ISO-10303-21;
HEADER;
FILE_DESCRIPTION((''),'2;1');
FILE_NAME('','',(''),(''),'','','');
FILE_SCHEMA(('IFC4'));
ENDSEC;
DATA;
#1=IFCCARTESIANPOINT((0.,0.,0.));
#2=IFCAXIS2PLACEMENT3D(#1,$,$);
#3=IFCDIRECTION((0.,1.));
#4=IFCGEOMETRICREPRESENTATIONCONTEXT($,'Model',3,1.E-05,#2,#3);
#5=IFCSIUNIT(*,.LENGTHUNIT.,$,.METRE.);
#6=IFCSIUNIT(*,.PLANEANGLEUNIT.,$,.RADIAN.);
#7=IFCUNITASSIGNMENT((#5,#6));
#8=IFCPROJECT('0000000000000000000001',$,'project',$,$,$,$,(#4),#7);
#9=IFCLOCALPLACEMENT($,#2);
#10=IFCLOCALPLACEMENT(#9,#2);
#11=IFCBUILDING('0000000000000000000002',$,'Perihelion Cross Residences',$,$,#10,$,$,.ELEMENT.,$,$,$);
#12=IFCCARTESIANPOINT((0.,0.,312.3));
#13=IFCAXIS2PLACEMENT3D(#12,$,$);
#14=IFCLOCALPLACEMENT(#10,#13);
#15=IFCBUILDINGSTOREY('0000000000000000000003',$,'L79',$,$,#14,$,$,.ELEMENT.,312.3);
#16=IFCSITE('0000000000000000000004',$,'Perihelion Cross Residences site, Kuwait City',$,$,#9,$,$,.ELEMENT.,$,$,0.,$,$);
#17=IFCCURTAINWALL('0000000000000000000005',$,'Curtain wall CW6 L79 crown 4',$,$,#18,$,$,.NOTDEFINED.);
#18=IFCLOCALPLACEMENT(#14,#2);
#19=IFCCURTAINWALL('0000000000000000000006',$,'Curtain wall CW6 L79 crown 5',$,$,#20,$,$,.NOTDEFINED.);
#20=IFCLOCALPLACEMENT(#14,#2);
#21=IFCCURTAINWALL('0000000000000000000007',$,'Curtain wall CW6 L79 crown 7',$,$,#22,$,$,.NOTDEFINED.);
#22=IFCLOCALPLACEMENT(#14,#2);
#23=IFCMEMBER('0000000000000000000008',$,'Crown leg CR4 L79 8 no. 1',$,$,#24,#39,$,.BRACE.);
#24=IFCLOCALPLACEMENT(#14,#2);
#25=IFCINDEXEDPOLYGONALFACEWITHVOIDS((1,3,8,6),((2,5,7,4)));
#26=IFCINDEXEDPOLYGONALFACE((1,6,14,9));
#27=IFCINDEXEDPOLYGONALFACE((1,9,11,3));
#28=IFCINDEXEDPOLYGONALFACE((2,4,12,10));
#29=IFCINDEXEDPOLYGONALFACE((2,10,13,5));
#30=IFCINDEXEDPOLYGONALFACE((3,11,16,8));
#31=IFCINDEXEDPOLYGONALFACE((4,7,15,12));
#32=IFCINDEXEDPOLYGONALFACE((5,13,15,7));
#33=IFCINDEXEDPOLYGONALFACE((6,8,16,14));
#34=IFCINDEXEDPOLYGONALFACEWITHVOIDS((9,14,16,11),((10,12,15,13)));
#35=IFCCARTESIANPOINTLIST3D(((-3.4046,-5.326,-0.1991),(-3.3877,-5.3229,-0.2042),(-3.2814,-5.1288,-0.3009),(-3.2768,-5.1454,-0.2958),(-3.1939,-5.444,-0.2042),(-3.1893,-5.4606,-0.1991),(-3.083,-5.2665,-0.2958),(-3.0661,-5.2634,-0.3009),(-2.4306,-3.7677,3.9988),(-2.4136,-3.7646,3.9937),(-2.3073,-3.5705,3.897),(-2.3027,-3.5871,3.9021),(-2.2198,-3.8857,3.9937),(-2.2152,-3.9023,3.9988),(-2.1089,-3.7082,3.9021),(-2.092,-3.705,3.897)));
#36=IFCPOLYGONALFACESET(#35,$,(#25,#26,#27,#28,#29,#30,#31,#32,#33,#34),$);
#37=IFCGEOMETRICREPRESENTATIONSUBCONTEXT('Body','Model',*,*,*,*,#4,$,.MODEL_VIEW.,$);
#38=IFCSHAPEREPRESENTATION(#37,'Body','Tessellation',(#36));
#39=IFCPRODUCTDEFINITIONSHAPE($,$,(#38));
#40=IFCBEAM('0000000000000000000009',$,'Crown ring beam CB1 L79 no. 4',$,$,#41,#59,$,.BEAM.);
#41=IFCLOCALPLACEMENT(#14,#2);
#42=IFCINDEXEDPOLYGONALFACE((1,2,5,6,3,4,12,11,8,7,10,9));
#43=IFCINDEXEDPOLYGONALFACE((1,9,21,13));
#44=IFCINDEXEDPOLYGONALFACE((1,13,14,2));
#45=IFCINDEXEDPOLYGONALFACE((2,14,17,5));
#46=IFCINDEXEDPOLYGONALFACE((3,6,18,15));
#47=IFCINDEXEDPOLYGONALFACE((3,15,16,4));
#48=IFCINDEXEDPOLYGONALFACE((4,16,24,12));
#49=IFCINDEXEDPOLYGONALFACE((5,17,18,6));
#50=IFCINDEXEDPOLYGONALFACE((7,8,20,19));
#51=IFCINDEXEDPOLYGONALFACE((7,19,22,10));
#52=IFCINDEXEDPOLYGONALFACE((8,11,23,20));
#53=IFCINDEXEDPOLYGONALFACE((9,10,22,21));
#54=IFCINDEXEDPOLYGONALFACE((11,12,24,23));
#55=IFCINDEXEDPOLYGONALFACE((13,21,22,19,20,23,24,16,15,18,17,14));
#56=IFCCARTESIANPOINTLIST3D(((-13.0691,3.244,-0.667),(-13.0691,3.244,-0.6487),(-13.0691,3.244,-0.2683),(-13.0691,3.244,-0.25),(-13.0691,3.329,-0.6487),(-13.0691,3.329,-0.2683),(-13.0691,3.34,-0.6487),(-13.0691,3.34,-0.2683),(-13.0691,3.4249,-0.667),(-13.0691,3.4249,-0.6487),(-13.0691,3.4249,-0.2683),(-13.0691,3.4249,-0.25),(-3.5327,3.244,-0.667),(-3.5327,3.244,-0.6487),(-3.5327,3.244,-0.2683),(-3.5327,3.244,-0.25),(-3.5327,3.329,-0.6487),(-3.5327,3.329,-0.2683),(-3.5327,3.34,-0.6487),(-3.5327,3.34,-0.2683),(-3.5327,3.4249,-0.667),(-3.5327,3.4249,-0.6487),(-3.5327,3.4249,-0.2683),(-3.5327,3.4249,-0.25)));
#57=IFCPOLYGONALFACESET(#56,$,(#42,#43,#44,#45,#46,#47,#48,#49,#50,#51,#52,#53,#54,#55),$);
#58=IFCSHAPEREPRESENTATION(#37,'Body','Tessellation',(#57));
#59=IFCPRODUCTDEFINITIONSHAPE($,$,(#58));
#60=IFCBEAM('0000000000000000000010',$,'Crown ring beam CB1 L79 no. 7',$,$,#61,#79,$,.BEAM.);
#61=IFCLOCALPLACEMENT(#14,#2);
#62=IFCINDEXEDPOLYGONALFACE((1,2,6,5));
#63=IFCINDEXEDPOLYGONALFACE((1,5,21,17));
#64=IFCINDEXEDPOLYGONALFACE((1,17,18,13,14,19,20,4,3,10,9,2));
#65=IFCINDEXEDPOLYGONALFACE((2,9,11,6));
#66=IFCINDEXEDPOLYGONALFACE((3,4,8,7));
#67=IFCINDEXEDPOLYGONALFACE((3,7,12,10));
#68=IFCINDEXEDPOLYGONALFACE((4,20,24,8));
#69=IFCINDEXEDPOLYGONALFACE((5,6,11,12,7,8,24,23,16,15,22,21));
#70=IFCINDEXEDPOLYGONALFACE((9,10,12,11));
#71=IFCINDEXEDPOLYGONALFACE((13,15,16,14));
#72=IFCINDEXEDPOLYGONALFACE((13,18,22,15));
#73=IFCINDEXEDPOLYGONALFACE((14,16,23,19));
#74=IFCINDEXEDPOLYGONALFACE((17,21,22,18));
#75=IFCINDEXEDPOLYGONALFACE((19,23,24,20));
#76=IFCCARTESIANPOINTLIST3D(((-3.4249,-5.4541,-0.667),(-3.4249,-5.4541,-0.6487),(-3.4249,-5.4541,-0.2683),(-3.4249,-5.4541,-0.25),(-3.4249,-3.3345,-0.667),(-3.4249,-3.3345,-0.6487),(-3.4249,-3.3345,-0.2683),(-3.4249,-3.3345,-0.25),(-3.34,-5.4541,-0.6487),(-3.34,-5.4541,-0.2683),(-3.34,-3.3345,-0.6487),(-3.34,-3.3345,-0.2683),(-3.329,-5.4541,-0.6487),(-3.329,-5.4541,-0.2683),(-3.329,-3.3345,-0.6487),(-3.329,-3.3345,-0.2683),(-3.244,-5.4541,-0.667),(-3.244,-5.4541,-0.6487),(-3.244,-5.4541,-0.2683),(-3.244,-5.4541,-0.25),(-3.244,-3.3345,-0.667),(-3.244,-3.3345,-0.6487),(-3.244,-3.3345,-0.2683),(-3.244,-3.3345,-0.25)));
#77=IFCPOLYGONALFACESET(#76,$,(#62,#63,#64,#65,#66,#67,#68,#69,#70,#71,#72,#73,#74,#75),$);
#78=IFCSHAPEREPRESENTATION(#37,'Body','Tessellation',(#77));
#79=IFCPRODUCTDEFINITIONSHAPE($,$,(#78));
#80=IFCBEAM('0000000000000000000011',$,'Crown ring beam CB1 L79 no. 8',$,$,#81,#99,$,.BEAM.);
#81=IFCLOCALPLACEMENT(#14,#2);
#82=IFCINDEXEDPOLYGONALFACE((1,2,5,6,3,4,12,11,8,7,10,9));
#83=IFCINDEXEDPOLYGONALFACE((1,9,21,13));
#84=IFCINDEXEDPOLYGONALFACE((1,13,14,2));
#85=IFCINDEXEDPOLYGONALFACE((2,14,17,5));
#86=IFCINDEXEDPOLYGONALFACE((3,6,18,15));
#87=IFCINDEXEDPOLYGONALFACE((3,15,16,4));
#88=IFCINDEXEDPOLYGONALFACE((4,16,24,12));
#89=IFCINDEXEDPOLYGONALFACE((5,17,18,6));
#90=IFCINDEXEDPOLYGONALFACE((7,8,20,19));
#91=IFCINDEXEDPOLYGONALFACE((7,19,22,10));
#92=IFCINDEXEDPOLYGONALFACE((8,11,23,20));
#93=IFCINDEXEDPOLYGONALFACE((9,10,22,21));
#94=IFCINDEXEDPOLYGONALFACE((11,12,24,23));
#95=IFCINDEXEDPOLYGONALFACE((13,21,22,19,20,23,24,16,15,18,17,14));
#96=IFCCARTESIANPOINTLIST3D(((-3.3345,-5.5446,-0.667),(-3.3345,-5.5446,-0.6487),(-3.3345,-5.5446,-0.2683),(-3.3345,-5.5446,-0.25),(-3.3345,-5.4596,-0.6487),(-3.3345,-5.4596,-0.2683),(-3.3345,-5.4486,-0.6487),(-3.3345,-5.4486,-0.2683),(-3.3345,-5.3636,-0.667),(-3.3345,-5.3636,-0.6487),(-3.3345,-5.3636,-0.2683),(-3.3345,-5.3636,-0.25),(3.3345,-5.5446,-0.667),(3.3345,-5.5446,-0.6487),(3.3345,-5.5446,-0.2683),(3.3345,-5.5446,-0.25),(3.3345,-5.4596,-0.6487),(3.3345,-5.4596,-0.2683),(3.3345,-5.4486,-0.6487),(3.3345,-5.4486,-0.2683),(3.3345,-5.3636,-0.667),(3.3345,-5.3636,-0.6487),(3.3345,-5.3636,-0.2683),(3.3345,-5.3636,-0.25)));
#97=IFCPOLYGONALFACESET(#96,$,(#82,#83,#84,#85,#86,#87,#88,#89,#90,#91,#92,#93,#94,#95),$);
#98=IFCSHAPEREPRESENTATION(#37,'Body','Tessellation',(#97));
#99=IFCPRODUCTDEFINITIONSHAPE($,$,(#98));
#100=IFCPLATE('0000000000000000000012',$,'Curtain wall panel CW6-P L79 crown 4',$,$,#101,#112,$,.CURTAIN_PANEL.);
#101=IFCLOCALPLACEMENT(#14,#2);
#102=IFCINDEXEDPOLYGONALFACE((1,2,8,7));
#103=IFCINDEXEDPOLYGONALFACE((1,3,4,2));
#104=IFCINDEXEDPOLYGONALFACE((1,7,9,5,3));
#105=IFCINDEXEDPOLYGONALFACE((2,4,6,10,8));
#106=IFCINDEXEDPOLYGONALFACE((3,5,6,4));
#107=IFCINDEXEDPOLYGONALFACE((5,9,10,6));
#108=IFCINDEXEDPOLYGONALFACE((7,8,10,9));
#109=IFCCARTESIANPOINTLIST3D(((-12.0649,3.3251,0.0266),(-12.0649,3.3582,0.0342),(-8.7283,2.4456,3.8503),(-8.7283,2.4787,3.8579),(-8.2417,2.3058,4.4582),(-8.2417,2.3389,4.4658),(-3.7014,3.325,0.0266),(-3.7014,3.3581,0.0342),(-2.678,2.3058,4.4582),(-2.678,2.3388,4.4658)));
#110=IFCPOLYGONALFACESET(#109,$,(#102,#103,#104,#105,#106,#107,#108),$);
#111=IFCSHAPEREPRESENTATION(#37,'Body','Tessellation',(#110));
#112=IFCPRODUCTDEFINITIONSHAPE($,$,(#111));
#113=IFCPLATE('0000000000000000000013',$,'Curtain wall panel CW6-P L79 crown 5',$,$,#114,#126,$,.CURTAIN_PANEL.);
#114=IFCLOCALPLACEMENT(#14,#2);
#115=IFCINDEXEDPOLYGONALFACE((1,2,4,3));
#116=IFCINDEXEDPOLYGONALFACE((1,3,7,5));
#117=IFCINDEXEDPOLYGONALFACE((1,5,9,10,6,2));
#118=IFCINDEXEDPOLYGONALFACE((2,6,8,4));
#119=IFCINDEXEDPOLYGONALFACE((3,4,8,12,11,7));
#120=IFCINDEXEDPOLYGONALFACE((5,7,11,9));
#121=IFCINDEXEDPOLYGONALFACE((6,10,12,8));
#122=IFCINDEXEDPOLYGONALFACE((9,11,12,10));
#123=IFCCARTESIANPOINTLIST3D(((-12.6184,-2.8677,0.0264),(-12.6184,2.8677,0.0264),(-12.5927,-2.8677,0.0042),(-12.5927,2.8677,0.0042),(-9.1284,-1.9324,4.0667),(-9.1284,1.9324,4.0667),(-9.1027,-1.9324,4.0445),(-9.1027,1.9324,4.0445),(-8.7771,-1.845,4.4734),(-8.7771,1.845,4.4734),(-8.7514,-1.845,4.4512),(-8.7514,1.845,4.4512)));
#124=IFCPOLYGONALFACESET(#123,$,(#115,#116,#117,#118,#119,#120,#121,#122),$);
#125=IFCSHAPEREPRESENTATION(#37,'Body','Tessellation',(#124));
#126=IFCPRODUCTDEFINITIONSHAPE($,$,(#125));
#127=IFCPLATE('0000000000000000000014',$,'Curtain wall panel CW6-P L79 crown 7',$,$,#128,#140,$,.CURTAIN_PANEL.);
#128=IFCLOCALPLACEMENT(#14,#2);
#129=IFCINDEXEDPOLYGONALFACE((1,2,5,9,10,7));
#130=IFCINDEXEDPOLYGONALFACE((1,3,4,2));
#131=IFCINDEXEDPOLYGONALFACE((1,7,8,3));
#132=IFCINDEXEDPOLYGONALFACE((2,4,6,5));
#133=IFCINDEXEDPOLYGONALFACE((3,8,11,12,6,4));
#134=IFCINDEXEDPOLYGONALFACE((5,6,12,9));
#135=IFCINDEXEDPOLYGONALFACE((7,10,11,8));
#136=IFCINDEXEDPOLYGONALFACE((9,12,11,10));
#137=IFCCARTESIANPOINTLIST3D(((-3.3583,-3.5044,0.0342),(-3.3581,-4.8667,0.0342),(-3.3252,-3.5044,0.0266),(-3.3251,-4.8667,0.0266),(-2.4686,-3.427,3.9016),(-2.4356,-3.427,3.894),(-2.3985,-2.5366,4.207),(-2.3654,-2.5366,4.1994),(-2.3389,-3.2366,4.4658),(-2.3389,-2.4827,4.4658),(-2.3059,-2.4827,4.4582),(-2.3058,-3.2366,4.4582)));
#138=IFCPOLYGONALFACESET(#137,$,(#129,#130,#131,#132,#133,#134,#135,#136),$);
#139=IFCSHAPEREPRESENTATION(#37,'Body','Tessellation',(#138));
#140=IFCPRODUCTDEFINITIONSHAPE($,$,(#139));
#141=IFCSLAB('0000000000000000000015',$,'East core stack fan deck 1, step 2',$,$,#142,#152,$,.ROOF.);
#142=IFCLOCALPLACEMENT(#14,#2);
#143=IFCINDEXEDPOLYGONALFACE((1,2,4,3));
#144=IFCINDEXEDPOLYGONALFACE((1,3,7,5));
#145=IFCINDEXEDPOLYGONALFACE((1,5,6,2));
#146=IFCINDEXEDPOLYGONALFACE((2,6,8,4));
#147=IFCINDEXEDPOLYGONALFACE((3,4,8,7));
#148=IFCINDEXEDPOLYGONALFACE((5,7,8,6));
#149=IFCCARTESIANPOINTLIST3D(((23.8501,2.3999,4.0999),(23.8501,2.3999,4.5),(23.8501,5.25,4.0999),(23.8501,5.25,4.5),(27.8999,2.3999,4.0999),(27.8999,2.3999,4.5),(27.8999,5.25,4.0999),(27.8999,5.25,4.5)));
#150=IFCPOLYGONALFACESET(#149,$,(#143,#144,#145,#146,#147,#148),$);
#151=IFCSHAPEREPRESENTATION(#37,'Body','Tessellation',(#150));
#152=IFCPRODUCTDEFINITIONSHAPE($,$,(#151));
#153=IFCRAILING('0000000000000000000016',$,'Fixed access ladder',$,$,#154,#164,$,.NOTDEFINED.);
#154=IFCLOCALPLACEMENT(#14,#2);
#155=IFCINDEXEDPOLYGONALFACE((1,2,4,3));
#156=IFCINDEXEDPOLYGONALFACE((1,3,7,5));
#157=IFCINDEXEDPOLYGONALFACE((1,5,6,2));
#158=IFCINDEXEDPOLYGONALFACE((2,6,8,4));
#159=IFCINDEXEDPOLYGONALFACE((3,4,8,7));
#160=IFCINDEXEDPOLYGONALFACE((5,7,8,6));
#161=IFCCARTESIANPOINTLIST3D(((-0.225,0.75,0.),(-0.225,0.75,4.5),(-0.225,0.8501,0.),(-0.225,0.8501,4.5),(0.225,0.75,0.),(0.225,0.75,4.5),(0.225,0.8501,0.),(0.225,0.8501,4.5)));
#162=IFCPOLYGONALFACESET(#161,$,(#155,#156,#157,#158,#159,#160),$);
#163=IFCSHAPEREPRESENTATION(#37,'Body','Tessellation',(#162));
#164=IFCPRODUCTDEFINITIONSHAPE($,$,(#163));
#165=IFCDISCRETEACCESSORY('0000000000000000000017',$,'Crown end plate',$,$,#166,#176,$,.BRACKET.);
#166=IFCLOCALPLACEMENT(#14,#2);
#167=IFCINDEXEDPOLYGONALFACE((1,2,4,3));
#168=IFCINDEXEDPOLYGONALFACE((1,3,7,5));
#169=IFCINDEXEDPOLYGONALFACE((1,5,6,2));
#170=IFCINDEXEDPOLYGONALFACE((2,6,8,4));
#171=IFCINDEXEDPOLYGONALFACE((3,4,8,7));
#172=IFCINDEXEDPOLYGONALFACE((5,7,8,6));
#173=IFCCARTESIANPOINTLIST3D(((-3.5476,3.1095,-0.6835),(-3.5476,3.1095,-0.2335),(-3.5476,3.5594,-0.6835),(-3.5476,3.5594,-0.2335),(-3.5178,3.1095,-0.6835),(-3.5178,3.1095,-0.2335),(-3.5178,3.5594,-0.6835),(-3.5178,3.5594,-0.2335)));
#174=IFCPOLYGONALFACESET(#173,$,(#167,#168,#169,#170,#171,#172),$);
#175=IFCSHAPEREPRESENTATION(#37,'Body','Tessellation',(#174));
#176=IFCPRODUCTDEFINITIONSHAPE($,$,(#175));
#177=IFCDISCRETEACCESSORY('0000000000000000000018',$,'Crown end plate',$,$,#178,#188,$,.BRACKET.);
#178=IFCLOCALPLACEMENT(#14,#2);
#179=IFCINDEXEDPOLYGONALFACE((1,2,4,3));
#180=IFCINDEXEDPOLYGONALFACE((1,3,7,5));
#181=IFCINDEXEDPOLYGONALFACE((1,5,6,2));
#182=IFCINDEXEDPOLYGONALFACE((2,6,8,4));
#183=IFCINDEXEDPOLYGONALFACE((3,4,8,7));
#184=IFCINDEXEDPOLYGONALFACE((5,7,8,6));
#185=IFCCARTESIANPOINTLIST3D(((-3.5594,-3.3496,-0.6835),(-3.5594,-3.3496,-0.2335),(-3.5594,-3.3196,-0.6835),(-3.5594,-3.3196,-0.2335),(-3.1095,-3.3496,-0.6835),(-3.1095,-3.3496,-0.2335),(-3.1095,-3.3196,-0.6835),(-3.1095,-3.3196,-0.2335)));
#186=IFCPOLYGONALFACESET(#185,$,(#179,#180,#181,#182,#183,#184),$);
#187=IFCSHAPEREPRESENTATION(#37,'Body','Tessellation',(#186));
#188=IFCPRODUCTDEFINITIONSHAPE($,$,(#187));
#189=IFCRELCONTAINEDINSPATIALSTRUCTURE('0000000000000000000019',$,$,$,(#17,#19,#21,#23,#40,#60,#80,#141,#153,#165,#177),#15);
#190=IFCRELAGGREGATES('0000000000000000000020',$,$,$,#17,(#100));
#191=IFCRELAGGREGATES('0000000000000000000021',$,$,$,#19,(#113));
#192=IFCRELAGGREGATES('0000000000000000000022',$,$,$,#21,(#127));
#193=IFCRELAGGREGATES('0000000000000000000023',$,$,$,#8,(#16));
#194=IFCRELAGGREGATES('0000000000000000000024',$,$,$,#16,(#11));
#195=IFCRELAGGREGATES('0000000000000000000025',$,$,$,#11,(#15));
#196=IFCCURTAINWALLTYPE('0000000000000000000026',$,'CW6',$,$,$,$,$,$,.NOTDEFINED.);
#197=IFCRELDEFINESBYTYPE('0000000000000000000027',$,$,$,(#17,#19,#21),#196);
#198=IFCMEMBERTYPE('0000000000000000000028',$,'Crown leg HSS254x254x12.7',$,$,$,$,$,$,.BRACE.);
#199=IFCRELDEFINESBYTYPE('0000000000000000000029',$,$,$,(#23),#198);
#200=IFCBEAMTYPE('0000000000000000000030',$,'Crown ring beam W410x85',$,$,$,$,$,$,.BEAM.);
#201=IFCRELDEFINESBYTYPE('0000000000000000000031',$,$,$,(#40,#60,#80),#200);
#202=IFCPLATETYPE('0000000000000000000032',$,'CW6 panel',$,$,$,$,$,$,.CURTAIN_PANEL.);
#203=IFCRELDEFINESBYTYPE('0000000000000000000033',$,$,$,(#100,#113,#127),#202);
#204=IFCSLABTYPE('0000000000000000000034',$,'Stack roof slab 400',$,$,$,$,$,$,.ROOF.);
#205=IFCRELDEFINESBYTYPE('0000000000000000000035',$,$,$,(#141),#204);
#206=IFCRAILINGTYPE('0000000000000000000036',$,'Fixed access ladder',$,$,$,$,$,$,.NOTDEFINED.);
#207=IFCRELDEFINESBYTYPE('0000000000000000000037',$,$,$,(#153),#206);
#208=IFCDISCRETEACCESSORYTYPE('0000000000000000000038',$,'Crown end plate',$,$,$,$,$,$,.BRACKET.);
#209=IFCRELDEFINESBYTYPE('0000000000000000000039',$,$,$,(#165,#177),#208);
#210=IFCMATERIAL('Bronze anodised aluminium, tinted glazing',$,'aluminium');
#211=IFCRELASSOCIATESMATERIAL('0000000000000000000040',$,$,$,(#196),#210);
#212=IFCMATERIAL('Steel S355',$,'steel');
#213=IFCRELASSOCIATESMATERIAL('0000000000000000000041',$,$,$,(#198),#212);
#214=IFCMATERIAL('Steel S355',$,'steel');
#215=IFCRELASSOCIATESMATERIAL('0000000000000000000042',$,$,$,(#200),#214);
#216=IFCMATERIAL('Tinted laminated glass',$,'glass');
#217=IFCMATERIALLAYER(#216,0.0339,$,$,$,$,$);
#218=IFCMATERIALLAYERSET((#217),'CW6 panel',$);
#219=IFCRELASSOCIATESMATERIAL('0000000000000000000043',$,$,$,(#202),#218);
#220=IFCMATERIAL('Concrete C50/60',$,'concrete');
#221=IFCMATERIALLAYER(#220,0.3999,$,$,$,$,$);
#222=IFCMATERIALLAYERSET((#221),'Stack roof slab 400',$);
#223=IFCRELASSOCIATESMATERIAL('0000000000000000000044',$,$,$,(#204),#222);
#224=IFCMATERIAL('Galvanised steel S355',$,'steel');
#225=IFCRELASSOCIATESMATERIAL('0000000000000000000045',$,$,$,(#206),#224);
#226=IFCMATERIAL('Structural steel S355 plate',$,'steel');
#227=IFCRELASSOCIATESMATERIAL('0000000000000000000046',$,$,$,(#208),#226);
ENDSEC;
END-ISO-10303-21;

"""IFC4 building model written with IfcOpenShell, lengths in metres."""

from ifc_helpers import new_model, si_unit, direction, frame, origin, origin_2d, place, context, subcontext, project, spatial, polyline, rectangle, hollow_rectangle, i_section, outline, extrude, material, layer, layer_set, material_profile, profile_set, type_object, element, aggregate, save


model = new_model("IFC4")

# Units and contexts
model_context = context("Model", 3, precision=1e-05, world=origin(), true_north=direction((0.0, 1.0)))
body_context = subcontext(model_context, "Body", "Model", "MODEL_VIEW")
ifc_project = project(units=[si_unit("LENGTHUNIT", "METRE"), si_unit("PLANEANGLEUNIT", "RADIAN")], contexts=[model_context])

# Site, building, storey
site_placement = place(None, origin())
site = spatial("IfcSite", under=ifc_project, at=site_placement, Name="Perihelion Cross Residences site, Kuwait City", CompositionType="ELEMENT", RefElevation=0.0)
building_placement = place(site_placement, origin())
building = spatial("IfcBuilding", under=site, at=building_placement, Name="Perihelion Cross Residences", CompositionType="ELEMENT")
storey_placement = place(building_placement, frame((0.0, 0.0, 312.3)))
storey = spatial("IfcBuildingStorey", under=building, at=storey_placement, Name="L79", CompositionType="ELEMENT", Elevation=312.3)

# Curtain walls
ifc_material_1 = material(Name="Bronze anodised aluminium, tinted glazing", Category="aluminium")
curtain_wall_type = type_object("IfcCurtainWallType", Name="CW6", PredefinedType="NOTDEFINED", material=ifc_material_1)
curtain_wall_1_placement = place(storey_placement, origin())
curtain_wall_1 = element("IfcCurtainWall", 1, at=curtain_wall_1_placement, inside=storey, type_object=curtain_wall_type, Name="Curtain wall CW6 L79 crown 4", PredefinedType="NOTDEFINED")
curtain_wall_2_placement = place(storey_placement, origin())
curtain_wall_2 = element("IfcCurtainWall", 2, at=curtain_wall_2_placement, inside=storey, type_object=curtain_wall_type, Name="Curtain wall CW6 L79 crown 5", PredefinedType="NOTDEFINED")
curtain_wall_3_placement = place(storey_placement, origin())
curtain_wall_3 = element("IfcCurtainWall", 3, at=curtain_wall_3_placement, inside=storey, type_object=curtain_wall_type, Name="Curtain wall CW6 L79 crown 7", PredefinedType="NOTDEFINED")

# Member
ifc_material_2 = material(Name="Steel S355", Category="steel")
ifc_material_profile_1 = material_profile(ifc_material_2, hollow_rectangle(XDim=0.2539, YDim=0.2539, WallThickness=0.0127, at=origin_2d()), Name="HSS254x254x12.7")
ifc_profile_set_1 = profile_set([ifc_material_profile_1], Name="Steel S355")
member_type_1 = type_object("IfcMemberType", Name="Crown leg HSS254x254x12.7", PredefinedType="BRACE", material=ifc_profile_set_1)
member_1_placement = place(storey_placement, frame((-3.2354, -5.2947, -0.25), z_axis=(0.212568, 0.340055, 0.916066), x_axis=(-0.847961, 0.530059, 0.0)))
element("IfcMember", 4, at=member_1_placement, inside=storey, type_object=member_type_1, Name="Crown leg CR4 L79 8 no. 1", PredefinedType="BRACE", context=body_context, shape_type="SweptSolid", body=[
    extrude(hollow_rectangle(XDim=0.2539, YDim=0.2539, WallThickness=0.0127, at=origin_2d()), origin(), (0.0, 0.0, 1.0), 4.5825),
])

# Beams
ifc_material_3 = material(Name="Steel S355", Category="steel")
ifc_material_profile_2 = material_profile(ifc_material_3, i_section(OverallWidth=0.1809, OverallDepth=0.417, WebThickness=0.011, FlangeThickness=0.0183, at=origin_2d()), Name="W410x85")
ifc_profile_set_2 = profile_set([ifc_material_profile_2], Name="Steel S355")
beam_type = type_object("IfcBeamType", Name="Crown ring beam W410x85", PredefinedType="BEAM", material=ifc_profile_set_2)
beam_1_placement = place(storey_placement, frame((-3.5327, 3.3345, -0.4585), z_axis=(-1.0, 0.0, 0.0), x_axis=(0.0, -1.0, 0.0)))
element("IfcBeam", 5, at=beam_1_placement, inside=storey, type_object=beam_type, Name="Crown ring beam CB1 L79 no. 4", PredefinedType="BEAM", context=body_context, shape_type="SweptSolid", body=[
    extrude(i_section(OverallWidth=0.1809, OverallDepth=0.417, WebThickness=0.011, FlangeThickness=0.0183, at=origin_2d()), origin(), (0.0, 0.0, 1.0), 9.5364),
])
beam_2_placement = place(storey_placement, frame((-3.3345, -3.3345, -0.4585), z_axis=(0.0, -1.0, 0.0), x_axis=(1.0, 0.0, 0.0)))
element("IfcBeam", 6, at=beam_2_placement, inside=storey, type_object=beam_type, Name="Crown ring beam CB1 L79 no. 7", PredefinedType="BEAM", context=body_context, shape_type="SweptSolid", body=[
    extrude(i_section(OverallWidth=0.1809, OverallDepth=0.417, WebThickness=0.011, FlangeThickness=0.0183, at=origin_2d()), origin(), (0.0, 0.0, 1.0), 2.1196),
])
beam_3_placement = place(storey_placement, frame((-3.3345, -5.4541, -0.4585), z_axis=(1.0, 0.0, 0.0), x_axis=(0.0, 1.0, 0.0)))
element("IfcBeam", 7, at=beam_3_placement, inside=storey, type_object=beam_type, Name="Crown ring beam CB1 L79 no. 8", PredefinedType="BEAM", context=body_context, shape_type="SweptSolid", body=[
    extrude(i_section(OverallWidth=0.1809, OverallDepth=0.417, WebThickness=0.011, FlangeThickness=0.0183, at=origin_2d()), origin(), (0.0, 0.0, 1.0), 6.6689),
])

# Shared definitions
ifc_material_4 = material(Name="Tinted laminated glass", Category="glass")
ifc_layer_1 = layer(ifc_material_4, 0.0339)
ifc_layer_set_1 = layer_set([ifc_layer_1], Name="CW6 panel")
plate_type = type_object("IfcPlateType", Name="CW6 panel", PredefinedType="CURTAIN_PANEL", material=ifc_layer_set_1)

# Plates
plate_1_placement = place(storey_placement, frame((-8.2417, 2.3389, 4.4658), z_axis=(0.000005, 0.974556, 0.224146), x_axis=(-0.615039, 0.176741, -0.768433)))
plate_1 = element("IfcPlate", 8, at=plate_1_placement, type_object=plate_type, Name="Curtain wall panel CW6-P L79 crown 4", PredefinedType="CURTAIN_PANEL", context=body_context, shape_type="SweptSolid", body=[
    extrude(outline(polyline([(0.0, 0.0), (0.7911, 0.0), (5.937, 0.2178), (0.7931, -6.3768), (-3.4219, -4.387), (0.0, 0.0)])), origin(), (0.0, 0.0, -1.0), 0.0339),
])
aggregate(curtain_wall_1, [plate_1])
plate_2_placement = place(storey_placement, frame((-8.7771, -1.845, 4.4734), z_axis=(-0.756764, 0.0, 0.653688), x_axis=(-0.645212, -0.160513, -0.746951)))
plate_2 = element("IfcPlate", 9, at=plate_2_placement, type_object=plate_type, Name="Curtain wall panel CW6-P L79 crown 5", PredefinedType="CURTAIN_PANEL", context=body_context, shape_type="SweptSolid", body=[
    extrude(outline(polyline([(0.0, 0.0), (0.5445, 0.0), (5.9643, 0.0662), (5.0437, -5.5948), (-0.0758, -3.8146), (-0.5923, -3.6421), (0.0, 0.0)])), origin(), (0.0, 0.0, -1.0), 0.0339),
])
aggregate(curtain_wall_2, [plate_2])
plate_3_placement = place(storey_placement, frame((-2.3389, -3.2366, 4.4658), z_axis=(-0.974549, -0.000083, 0.224176), x_axis=(-0.212925, -0.312473, -0.925756)))
plate_3 = element("IfcPlate", 10, at=plate_3_placement, type_object=plate_type, Name="Curtain wall panel CW6-P L79 crown 7", PredefinedType="CURTAIN_PANEL", context=body_context, shape_type="SweptSolid", body=[
    extrude(outline(polyline([(0.0, 0.0), (0.6094, 0.0), (4.829, 0.1276), (4.4033, -1.1665), (0.0335, -0.7479), (-0.2356, -0.7162), (0.0, 0.0)])), origin(), (0.0, 0.0, -1.0), 0.0339),
])
aggregate(curtain_wall_3, [plate_3])

# Slab
ifc_material_5 = material(Name="Concrete C50/60", Category="concrete")
ifc_layer_2 = layer(ifc_material_5, 0.3999)
ifc_layer_set_2 = layer_set([ifc_layer_2], Name="Stack roof slab 400")
slab_type = type_object("IfcSlabType", Name="Stack roof slab 400", PredefinedType="ROOF", material=ifc_layer_set_2)
slab_placement = place(storey_placement, frame((0.0, 0.0, 4.0999)))
element("IfcSlab", 11, at=slab_placement, inside=storey, type_object=slab_type, Name="East core stack fan deck 1, step 2", PredefinedType="ROOF", context=body_context, shape_type="SweptSolid", body=[
    extrude(outline(polyline([(23.8501, 2.3999), (27.8999, 2.3999), (27.8999, 5.25), (23.8501, 5.25), (23.8501, 2.3999)])), origin(), (0.0, 0.0, 1.0), 0.4001),
])

# Railing
ifc_material_6 = material(Name="Galvanised steel S355", Category="steel")
railing_type = type_object("IfcRailingType", Name="Fixed access ladder", PredefinedType="NOTDEFINED", material=ifc_material_6)
railing_placement = place(storey_placement, frame((0.0, 0.8, 0.0), z_axis=(0.0, 0.0, 1.0), x_axis=(1.0, 0.0, 0.0)))
element("IfcRailing", 12, at=railing_placement, inside=storey, type_object=railing_type, Name="Fixed access ladder", PredefinedType="NOTDEFINED", context=body_context, shape_type="SweptSolid", body=[
    extrude(rectangle(XDim=0.45, YDim=0.1001, at=origin_2d()), origin(), (0.0, 0.0, 1.0), 4.5),
])

# Discrete accessories
ifc_material_7 = material(Name="Structural steel S355 plate", Category="steel")
ifc_material_profile_3 = material_profile(ifc_material_7, rectangle(XDim=0.45, YDim=0.45, at=origin_2d()), Name="Crown end plate")
ifc_profile_set_3 = profile_set([ifc_material_profile_3], Name="Structural steel S355 plate")
discrete_accessory_type_1 = type_object("IfcDiscreteAccessoryType", Name="Crown end plate", PredefinedType="BRACKET", material=ifc_profile_set_3)
discrete_accessory_placement = place(storey_placement, frame((-3.5178, 3.3345, -0.4585), z_axis=(-1.0, 0.0, 0.0), x_axis=(0.0, -1.0, 0.0)))
element("IfcDiscreteAccessory", 13, at=discrete_accessory_placement, inside=storey, type_object=discrete_accessory_type_1, Name="Crown end plate", PredefinedType="BRACKET", context=body_context, shape_type="SweptSolid", body=[
    extrude(rectangle(XDim=0.45, YDim=0.45, at=origin_2d()), origin(), (0.0, 0.0, 1.0), 0.0298),
])
for number, where, z_axis, x_axis, name in (
    (14, (-3.3345, -3.3196, -0.4585), (0.0, -1.0, 0.0), (1.0, 0.0, 0.0), "Crown end plate"),
):
    element("IfcDiscreteAccessory", number, at=place(storey_placement, frame(where, z_axis=z_axis, x_axis=x_axis)), inside=storey, type_object=discrete_accessory_type_1, Name=name, PredefinedType="BRACKET", context=body_context, shape_type="SweptSolid", body=[
        extrude(rectangle(XDim=0.45, YDim=0.45, at=origin_2d()), origin(), (0.0, 0.0, 1.0), 0.03),
    ])

save(model, "model.ifc")
